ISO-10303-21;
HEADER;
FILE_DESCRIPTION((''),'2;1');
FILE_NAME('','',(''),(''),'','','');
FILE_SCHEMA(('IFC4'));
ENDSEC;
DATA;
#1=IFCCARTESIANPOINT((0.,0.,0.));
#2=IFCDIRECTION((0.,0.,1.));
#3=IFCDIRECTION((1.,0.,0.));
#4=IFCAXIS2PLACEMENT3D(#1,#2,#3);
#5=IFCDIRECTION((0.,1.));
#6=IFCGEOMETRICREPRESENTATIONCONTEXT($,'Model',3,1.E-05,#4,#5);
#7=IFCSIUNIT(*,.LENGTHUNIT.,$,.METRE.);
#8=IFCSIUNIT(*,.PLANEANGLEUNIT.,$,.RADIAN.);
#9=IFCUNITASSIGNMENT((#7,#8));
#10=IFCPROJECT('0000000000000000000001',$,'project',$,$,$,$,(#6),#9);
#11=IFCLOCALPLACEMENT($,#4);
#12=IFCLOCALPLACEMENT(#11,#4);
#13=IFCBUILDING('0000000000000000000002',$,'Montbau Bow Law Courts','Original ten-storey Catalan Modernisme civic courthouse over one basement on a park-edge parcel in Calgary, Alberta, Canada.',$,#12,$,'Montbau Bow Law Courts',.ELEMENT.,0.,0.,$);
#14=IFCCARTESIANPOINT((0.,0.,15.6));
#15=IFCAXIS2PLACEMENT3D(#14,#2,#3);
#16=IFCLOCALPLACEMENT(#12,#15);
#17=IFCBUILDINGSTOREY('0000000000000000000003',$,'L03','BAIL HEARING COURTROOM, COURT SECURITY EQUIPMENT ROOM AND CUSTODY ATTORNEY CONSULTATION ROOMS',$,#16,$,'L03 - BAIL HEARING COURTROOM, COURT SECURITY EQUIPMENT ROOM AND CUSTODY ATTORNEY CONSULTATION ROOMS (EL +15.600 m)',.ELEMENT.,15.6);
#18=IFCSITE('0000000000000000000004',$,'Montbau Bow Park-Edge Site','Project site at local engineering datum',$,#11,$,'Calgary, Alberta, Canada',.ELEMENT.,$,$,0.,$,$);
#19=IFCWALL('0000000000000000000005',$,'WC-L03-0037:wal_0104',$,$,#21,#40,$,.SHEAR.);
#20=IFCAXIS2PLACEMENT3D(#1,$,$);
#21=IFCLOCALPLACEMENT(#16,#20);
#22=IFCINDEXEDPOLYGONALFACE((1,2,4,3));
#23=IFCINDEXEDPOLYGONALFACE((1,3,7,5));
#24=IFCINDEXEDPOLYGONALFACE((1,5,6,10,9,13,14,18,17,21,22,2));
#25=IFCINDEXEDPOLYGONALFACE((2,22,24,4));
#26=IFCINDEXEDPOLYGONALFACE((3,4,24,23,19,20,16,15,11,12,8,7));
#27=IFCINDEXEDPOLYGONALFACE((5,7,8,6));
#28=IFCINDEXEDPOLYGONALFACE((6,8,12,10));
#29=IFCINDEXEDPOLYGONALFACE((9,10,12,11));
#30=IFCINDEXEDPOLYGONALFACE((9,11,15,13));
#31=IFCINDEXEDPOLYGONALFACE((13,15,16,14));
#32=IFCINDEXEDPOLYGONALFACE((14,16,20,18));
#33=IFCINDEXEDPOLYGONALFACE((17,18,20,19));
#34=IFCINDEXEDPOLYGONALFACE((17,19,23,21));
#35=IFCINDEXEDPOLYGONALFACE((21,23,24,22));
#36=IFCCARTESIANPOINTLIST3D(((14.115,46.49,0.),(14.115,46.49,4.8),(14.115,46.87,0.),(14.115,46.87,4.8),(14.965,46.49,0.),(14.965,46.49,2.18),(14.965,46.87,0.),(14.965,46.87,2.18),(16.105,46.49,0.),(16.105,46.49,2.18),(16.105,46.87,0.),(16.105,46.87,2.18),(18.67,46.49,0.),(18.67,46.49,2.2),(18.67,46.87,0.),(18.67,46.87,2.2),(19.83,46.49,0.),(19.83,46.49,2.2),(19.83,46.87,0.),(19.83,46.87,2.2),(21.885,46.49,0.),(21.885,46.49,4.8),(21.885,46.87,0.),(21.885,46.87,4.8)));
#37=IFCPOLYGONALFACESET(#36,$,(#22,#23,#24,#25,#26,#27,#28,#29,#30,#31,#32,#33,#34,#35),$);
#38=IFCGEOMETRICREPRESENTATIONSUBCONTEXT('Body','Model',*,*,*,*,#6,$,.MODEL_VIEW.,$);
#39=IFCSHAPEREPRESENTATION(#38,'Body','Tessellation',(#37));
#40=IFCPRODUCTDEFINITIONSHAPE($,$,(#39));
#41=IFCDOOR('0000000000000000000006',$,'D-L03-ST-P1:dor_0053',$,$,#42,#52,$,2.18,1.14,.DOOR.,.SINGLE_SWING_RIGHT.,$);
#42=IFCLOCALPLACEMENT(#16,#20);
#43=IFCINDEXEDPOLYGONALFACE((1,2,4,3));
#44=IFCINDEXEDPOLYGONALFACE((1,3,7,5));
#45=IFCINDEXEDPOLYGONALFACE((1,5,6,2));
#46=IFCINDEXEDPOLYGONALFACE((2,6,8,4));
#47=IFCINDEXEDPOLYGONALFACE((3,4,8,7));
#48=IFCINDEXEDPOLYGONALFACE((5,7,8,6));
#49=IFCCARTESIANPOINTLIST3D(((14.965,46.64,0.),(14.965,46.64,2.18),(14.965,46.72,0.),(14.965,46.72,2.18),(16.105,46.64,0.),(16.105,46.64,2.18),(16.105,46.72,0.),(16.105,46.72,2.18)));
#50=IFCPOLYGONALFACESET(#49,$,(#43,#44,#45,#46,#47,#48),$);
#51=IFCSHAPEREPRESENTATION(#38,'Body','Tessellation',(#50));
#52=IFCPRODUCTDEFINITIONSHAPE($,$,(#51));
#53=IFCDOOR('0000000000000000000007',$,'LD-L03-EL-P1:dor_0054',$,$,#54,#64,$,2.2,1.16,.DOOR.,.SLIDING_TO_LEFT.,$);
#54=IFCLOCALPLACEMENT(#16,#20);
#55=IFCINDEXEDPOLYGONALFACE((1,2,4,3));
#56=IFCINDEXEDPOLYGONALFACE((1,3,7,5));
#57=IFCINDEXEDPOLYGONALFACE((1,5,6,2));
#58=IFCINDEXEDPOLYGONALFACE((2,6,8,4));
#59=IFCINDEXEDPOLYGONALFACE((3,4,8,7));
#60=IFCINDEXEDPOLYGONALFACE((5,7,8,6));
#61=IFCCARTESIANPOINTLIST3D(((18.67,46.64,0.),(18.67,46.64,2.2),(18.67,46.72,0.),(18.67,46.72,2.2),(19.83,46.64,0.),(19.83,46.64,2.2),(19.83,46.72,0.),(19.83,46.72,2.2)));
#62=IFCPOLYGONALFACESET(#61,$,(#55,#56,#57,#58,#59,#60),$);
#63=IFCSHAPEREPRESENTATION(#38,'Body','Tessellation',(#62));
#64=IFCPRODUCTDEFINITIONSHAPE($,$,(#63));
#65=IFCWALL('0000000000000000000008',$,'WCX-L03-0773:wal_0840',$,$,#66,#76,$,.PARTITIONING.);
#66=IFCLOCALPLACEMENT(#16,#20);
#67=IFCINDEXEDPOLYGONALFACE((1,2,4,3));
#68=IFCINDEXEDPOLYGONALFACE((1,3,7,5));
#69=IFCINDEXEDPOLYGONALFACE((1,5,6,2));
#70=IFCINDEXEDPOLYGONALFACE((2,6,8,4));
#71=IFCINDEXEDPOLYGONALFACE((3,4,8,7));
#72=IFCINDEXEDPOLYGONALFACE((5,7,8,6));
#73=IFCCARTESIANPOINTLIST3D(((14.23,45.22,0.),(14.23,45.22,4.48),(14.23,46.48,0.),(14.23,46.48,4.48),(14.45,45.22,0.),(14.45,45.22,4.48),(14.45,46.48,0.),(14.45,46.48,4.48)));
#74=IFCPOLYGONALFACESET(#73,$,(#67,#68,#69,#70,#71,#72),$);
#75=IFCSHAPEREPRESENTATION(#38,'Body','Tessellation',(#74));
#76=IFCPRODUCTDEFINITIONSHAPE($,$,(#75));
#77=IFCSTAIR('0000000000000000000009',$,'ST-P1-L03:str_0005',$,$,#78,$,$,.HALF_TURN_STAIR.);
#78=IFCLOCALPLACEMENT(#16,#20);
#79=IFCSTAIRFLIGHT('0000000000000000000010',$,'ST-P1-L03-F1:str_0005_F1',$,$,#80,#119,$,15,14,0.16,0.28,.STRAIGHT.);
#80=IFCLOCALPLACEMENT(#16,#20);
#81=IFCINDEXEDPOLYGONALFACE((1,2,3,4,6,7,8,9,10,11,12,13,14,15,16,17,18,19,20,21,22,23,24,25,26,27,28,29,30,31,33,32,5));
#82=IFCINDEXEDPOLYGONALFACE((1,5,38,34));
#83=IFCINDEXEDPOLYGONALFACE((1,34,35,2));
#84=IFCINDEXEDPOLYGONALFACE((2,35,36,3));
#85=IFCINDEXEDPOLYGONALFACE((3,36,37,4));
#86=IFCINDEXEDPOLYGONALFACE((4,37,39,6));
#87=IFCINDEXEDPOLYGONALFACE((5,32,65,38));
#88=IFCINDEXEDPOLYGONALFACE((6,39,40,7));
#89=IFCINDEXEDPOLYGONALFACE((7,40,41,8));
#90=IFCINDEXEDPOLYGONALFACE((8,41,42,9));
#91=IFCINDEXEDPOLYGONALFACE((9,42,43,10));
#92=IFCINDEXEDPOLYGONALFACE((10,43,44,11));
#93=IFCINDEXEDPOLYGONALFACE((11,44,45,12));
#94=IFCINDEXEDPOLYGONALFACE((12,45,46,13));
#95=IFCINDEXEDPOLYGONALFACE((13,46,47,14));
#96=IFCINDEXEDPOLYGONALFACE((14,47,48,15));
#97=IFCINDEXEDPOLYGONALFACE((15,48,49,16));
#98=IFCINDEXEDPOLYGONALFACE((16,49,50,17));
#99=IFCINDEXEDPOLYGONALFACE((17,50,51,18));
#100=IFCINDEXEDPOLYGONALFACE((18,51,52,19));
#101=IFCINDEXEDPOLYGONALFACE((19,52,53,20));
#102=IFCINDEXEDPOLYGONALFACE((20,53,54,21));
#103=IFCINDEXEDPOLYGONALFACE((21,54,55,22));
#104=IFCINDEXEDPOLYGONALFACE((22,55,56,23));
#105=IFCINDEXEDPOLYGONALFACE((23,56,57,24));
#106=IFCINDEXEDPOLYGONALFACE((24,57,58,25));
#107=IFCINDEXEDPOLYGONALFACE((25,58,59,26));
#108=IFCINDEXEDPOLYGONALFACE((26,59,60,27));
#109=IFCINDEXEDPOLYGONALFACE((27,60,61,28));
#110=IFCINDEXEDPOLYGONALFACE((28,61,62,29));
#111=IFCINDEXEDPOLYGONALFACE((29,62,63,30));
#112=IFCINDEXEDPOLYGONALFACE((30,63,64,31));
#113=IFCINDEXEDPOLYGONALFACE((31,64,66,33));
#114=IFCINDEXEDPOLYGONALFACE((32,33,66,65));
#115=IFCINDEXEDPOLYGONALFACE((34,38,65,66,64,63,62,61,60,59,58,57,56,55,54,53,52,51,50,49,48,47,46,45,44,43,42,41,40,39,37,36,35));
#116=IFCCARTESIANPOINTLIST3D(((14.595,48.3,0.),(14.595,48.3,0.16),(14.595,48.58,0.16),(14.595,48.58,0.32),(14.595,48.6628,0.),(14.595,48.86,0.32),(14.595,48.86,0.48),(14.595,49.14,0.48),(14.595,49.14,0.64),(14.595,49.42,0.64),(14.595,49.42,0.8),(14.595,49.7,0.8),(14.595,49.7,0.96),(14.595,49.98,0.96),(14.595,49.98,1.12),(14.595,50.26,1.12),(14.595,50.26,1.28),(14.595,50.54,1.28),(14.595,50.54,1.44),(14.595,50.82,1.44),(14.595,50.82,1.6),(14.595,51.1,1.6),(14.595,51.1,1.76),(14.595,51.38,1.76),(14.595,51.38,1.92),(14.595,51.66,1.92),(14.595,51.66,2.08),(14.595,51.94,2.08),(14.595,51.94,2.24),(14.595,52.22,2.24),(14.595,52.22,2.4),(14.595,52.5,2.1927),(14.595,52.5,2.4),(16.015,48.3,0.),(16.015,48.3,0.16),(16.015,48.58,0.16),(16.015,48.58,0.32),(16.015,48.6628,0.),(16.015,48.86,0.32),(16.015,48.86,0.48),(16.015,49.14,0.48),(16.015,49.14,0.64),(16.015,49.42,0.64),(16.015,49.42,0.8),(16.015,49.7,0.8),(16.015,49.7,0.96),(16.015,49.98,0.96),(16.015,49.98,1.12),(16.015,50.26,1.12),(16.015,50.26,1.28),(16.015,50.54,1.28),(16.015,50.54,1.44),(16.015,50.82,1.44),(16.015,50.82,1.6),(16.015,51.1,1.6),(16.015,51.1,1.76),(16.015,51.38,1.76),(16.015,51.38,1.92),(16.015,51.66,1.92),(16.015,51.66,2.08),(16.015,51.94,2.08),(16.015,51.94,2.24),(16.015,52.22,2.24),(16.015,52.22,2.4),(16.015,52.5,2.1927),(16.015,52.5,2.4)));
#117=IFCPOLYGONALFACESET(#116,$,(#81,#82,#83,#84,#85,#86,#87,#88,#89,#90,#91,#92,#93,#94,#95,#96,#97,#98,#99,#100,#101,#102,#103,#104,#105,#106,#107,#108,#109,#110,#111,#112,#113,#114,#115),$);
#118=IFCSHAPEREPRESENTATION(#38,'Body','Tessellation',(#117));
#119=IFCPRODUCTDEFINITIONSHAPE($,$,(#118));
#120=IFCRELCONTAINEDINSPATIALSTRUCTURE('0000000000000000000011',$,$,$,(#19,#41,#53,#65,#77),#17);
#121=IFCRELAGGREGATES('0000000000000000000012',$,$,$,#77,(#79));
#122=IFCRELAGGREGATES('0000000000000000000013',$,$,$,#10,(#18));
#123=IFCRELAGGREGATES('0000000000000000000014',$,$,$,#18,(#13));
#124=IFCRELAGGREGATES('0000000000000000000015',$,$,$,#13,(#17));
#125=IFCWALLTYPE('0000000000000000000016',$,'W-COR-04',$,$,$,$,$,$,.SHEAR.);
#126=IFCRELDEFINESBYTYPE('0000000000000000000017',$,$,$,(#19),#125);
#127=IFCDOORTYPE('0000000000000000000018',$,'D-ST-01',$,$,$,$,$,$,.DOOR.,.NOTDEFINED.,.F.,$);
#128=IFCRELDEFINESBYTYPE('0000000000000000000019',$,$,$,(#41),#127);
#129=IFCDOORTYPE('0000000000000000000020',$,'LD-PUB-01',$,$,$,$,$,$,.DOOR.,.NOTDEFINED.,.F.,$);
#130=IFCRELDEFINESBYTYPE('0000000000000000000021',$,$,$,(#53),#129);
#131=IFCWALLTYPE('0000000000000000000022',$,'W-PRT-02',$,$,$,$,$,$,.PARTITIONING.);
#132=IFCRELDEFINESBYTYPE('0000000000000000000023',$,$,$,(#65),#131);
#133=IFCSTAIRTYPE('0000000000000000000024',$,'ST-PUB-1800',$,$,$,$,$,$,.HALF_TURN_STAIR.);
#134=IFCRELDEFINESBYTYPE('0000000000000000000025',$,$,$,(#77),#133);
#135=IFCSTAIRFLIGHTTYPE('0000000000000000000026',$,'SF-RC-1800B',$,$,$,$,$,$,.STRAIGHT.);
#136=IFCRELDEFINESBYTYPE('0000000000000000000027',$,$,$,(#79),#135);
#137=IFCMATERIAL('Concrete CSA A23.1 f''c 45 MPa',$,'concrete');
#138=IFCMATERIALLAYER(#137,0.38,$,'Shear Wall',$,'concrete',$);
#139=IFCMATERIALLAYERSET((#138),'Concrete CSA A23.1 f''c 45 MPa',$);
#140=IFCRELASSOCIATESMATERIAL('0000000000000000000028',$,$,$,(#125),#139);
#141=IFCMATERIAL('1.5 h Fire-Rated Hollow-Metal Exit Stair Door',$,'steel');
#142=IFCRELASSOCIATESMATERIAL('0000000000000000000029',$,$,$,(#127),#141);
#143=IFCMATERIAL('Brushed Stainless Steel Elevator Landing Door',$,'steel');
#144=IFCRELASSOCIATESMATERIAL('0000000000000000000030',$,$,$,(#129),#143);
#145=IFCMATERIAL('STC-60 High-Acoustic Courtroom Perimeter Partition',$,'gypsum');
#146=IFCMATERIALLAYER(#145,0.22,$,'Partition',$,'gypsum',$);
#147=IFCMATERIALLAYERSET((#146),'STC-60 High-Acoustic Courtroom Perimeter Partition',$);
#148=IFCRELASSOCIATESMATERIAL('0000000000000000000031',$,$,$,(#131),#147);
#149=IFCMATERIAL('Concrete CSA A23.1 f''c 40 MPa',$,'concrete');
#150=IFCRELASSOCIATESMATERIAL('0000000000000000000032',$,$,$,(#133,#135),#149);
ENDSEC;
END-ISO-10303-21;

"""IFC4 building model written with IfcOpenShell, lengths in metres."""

from ifc_helpers import new_model, si_unit, direction, frame, frame_2d, origin_with_axes, place, context, subcontext, project, spatial, polyline, rectangle, outline, extrude, material, layer, layer_set, type_object, element, fill, aggregate, save


model = new_model("IFC4")

# Units and contexts
model_context = context("Model", 3, precision=1e-05, world=origin_with_axes(), true_north=direction((0.0, 1.0)))
body_context = subcontext(model_context, "Body", "Model", "MODEL_VIEW")
ifc_project = project(units=[si_unit("LENGTHUNIT", "METRE"), si_unit("PLANEANGLEUNIT", "RADIAN")], contexts=[model_context])

# Site, building, storey
site_placement = place(None, origin_with_axes())
site = spatial("IfcSite", under=ifc_project, at=site_placement, Name="Montbau Bow Park-Edge Site", Description="Project site at local engineering datum", LongName="Calgary, Alberta, Canada", CompositionType="ELEMENT", RefElevation=0.0)
building_placement = place(site_placement, origin_with_axes())
building = spatial("IfcBuilding", under=site, at=building_placement, Name="Montbau Bow Law Courts", Description="Original ten-storey Catalan Modernisme civic courthouse over one basement on a park-edge parcel in Calgary, Alberta, Canada.", LongName="Montbau Bow Law Courts", CompositionType="ELEMENT", ElevationOfRefHeight=0.0, ElevationOfTerrain=0.0)
storey_placement = place(building_placement, frame((0.0, 0.0, 15.6), z_axis=(0.0, 0.0, 1.0), x_axis=(1.0, 0.0, 0.0)))
storey = spatial("IfcBuildingStorey", under=building, at=storey_placement, Name="L03", Description="BAIL HEARING COURTROOM, COURT SECURITY EQUIPMENT ROOM AND CUSTODY ATTORNEY CONSULTATION ROOMS", LongName="L03 - BAIL HEARING COURTROOM, COURT SECURITY EQUIPMENT ROOM AND CUSTODY ATTORNEY CONSULTATION ROOMS (EL +15.600 m)", CompositionType="ELEMENT", Elevation=15.6)

# Wall, openings, doors
ifc_material_1 = material(Name="Concrete CSA A23.1 f'c 45 MPa", Category="concrete")
ifc_layer_1 = layer(ifc_material_1, 0.38, Name="Shear Wall", Category="concrete")
ifc_layer_set_1 = layer_set([ifc_layer_1], Name="Concrete CSA A23.1 f'c 45 MPa")
wall_type_1 = type_object("IfcWallType", Name="W-COR-04", PredefinedType="SHEAR", material=ifc_layer_set_1)
wall_1_placement = place(None, frame((14.115, 46.68, 15.6), z_axis=(0.0, 0.0, 1.0), x_axis=(1.0, 0.0, 0.0)))
wall_1 = element("IfcWall", 1, at=wall_1_placement, inside=storey, type_object=wall_type_1, Name="WC-L03-0037:wal_0104", PredefinedType="SHEAR", context=body_context, shape_type="SweptSolid", body=[
    extrude(rectangle(XDim=7.77, YDim=0.38, at=frame_2d((3.885, 0.0), x_axis=(1.0, 0.0))), origin_with_axes(), (0.0, 0.0, 1.0), 4.8),
])
opening_1_placement = place(None, frame((15.535, 46.68, 15.6), z_axis=(0.0, 0.0, 1.0), x_axis=(1.0, 0.0, 0.0)))
opening_1 = element("IfcOpeningElement", 2, at=opening_1_placement, cuts=wall_1, PredefinedType="OPENING", context=body_context, shape_type="SweptSolid", body=[
    extrude(rectangle(XDim=1.14, YDim=2.18, at=frame_2d((0.0, 1.09), x_axis=(1.0, 0.0))), frame((0.0, 0.2, 0.0), z_axis=(0.0, -1.0, 0.0), x_axis=(1.0, 0.0, 0.0)), (0.0, 0.0, 1.0), 0.4),
])
opening_2_placement = place(None, frame((19.25, 46.68, 15.6), z_axis=(0.0, 0.0, 1.0), x_axis=(1.0, 0.0, 0.0)))
opening_2 = element("IfcOpeningElement", 3, at=opening_2_placement, cuts=wall_1, PredefinedType="OPENING", context=body_context, shape_type="SweptSolid", body=[
    extrude(rectangle(XDim=1.16, YDim=2.2, at=frame_2d((0.0, 1.1), x_axis=(1.0, 0.0))), frame((0.0, 0.2, 0.0), z_axis=(0.0, -1.0, 0.0), x_axis=(1.0, 0.0, 0.0)), (0.0, 0.0, 1.0), 0.4),
])
ifc_material_2 = material(Name="1.5 h Fire-Rated Hollow-Metal Exit Stair Door", Category="steel")
door_type_1 = type_object("IfcDoorType", Name="D-ST-01", OperationType="NOTDEFINED", ParameterTakesPrecedence=False, PredefinedType="DOOR", material=ifc_material_2)
door_1_placement = place(None, frame((15.535, 46.68, 15.6), z_axis=(0.0, 0.0, 1.0), x_axis=(-1.0, 0.0, 0.0)))
door_1 = element("IfcDoor", 4, at=door_1_placement, inside=storey, type_object=door_type_1, Name="D-L03-ST-P1:dor_0053", OperationType="SINGLE_SWING_RIGHT", OverallHeight=2.18, OverallWidth=1.14, PredefinedType="DOOR", context=body_context, shape_type="SweptSolid", body=[
    extrude(rectangle(XDim=1.14, YDim=2.18, at=frame_2d((0.0, 1.09), x_axis=(1.0, 0.0))), frame((0.0, 0.04, 0.0), z_axis=(0.0, -1.0, 0.0), x_axis=(1.0, 0.0, 0.0)), (0.0, 0.0, 1.0), 0.08),
])
fill(opening_1, door_1)
ifc_material_3 = material(Name="Brushed Stainless Steel Elevator Landing Door", Category="steel")
door_type_2 = type_object("IfcDoorType", Name="LD-PUB-01", OperationType="NOTDEFINED", ParameterTakesPrecedence=False, PredefinedType="DOOR", material=ifc_material_3)
door_2_placement = place(None, frame((19.25, 46.68, 15.6), z_axis=(0.0, 0.0, 1.0), x_axis=(-1.0, 0.0, 0.0)))
door_2 = element("IfcDoor", 5, at=door_2_placement, inside=storey, type_object=door_type_2, Name="LD-L03-EL-P1:dor_0054", OperationType="SLIDING_TO_LEFT", OverallHeight=2.2, OverallWidth=1.16, PredefinedType="DOOR", context=body_context, shape_type="SweptSolid", body=[
    extrude(rectangle(XDim=1.16, YDim=2.2, at=frame_2d((0.0, 1.1), x_axis=(1.0, 0.0))), frame((0.0, 0.04, 0.0), z_axis=(0.0, -1.0, 0.0), x_axis=(1.0, 0.0, 0.0)), (0.0, 0.0, 1.0), 0.08),
])
fill(opening_2, door_2)

# Wall
ifc_material_4 = material(Name="STC-60 High-Acoustic Courtroom Perimeter Partition", Category="gypsum")
ifc_layer_2 = layer(ifc_material_4, 0.22, Name="Partition", Category="gypsum")
ifc_layer_set_2 = layer_set([ifc_layer_2], Name="STC-60 High-Acoustic Courtroom Perimeter Partition")
wall_type_2 = type_object("IfcWallType", Name="W-PRT-02", PredefinedType="PARTITIONING", material=ifc_layer_set_2)
wall_2_placement = place(None, frame((14.34, 45.22, 15.6), z_axis=(0.0, 0.0, 1.0), x_axis=(0.0, 1.0, 0.0)))
element("IfcWall", 6, at=wall_2_placement, inside=storey, type_object=wall_type_2, Name="WCX-L03-0773:wal_0840", PredefinedType="PARTITIONING", context=body_context, shape_type="SweptSolid", body=[
    extrude(rectangle(XDim=1.26, YDim=0.22, at=frame_2d((0.63, 0.0), x_axis=(1.0, 0.0))), origin_with_axes(), (0.0, 0.0, 1.0), 4.48),
])

# Stair, stair flight
ifc_material_5 = material(Name="Concrete CSA A23.1 f'c 40 MPa", Category="concrete")
stair_type = type_object("IfcStairType", Name="ST-PUB-1800", PredefinedType="HALF_TURN_STAIR", material=ifc_material_5)
stair_placement = place(None, frame((15.305, 48.3, 15.6), z_axis=(0.0, 0.0, 1.0), x_axis=(1.0, 0.0, 0.0)))
stair = element("IfcStair", 7, at=stair_placement, inside=storey, type_object=stair_type, Name="ST-P1-L03:str_0005", PredefinedType="HALF_TURN_STAIR")
stair_flight_type = type_object("IfcStairFlightType", Name="SF-RC-1800B", PredefinedType="STRAIGHT", material=ifc_material_5)
stair_flight_placement = place(None, frame((15.305, 48.3, 15.6), z_axis=(0.0, 0.0, 1.0), x_axis=(0.0, 1.0, 0.0)))
stair_flight = element("IfcStairFlight", 8, at=stair_flight_placement, type_object=stair_flight_type, Name="ST-P1-L03-F1:str_0005_F1", NumberOfRisers=15, NumberOfTreads=14, PredefinedType="STRAIGHT", RiserHeight=0.16, TreadLength=0.28, context=body_context, shape_type="SweptSolid", body=[
    extrude(outline(polyline([(0.0, 0.0), (0.0, 0.16), (0.28, 0.16), (0.28, 0.32), (0.56, 0.32), (0.56, 0.48), (0.84, 0.48), (0.84, 0.64), (1.12, 0.64), (1.12, 0.8), (1.4, 0.8), (1.4, 0.96), (1.68, 0.96), (1.68, 1.12), (1.96, 1.12), (1.96, 1.28), (2.24, 1.28), (2.24, 1.44), (2.52, 1.44), (2.52, 1.6), (2.8, 1.6), (2.8, 1.76), (3.08, 1.76), (3.08, 1.92), (3.36, 1.92), (3.36, 2.08), (3.64, 2.08), (3.64, 2.24), (3.92, 2.24), (3.92, 2.4), (4.2, 2.4), (4.2, 2.1927), (0.3628, 0.0), (0.0, 0.0)])), frame((0.0, 0.71, 0.0), z_axis=(0.0, -1.0, 0.0), x_axis=(1.0, 0.0, 0.0)), (0.0, 0.0, 1.0), 1.42),
])
aggregate(stair, [stair_flight])

save(model, "model.ifc")
